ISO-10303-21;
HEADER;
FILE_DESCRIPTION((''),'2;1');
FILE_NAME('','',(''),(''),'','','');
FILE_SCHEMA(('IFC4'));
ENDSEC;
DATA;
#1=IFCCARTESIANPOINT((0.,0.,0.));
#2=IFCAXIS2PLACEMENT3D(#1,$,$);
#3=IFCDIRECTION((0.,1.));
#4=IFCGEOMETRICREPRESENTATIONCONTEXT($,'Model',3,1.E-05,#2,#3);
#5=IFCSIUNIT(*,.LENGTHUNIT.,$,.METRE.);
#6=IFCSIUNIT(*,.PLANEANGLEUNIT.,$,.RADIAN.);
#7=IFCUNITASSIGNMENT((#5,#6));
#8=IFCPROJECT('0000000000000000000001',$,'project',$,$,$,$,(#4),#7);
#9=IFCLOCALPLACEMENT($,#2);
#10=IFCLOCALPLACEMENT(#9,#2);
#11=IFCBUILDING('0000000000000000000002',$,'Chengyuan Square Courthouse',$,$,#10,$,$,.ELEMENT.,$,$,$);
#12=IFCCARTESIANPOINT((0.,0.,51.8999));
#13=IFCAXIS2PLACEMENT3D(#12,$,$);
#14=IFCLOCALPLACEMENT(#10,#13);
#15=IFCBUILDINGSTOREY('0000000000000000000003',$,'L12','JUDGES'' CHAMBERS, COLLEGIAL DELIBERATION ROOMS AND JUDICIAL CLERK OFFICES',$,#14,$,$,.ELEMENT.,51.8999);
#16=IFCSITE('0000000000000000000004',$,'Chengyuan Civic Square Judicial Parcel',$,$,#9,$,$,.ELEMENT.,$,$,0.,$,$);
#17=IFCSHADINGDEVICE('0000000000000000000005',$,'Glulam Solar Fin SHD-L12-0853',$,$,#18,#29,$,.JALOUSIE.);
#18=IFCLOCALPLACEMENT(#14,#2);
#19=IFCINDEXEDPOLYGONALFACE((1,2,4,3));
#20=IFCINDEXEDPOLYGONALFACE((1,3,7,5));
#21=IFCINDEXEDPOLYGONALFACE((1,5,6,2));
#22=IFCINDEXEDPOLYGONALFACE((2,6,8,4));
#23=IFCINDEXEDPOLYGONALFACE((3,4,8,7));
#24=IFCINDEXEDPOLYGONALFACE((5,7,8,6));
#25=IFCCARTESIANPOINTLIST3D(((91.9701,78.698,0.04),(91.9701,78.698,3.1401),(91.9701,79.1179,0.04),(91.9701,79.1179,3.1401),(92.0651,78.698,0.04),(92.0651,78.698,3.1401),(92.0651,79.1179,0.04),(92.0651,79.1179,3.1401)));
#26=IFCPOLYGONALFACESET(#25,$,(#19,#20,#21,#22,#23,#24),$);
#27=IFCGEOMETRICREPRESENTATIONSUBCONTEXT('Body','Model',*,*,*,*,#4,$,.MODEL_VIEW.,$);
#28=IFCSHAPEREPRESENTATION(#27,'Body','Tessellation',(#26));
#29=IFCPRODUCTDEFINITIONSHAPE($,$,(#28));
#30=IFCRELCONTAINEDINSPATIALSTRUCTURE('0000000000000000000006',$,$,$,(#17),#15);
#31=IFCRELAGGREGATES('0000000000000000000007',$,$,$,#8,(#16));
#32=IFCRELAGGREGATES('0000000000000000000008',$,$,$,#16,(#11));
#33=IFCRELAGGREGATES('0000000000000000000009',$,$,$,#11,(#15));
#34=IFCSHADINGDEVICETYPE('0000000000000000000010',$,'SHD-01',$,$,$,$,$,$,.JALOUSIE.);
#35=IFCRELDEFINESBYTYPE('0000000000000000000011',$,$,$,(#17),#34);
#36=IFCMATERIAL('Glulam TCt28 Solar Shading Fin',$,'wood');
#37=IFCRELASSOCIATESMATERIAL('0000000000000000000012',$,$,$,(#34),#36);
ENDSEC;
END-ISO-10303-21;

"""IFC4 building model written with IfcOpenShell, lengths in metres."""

from ifc_helpers import new_model, si_unit, direction, frame, origin, origin_2d, place, context, subcontext, project, spatial, rectangle, extrude, material, type_object, element, save


model = new_model("IFC4")

# Units and contexts
model_context = context("Model", 3, precision=1e-05, world=origin(), true_north=direction((0.0, 1.0)))
body_context = subcontext(model_context, "Body", "Model", "MODEL_VIEW")
ifc_project = project(units=[si_unit("LENGTHUNIT", "METRE"), si_unit("PLANEANGLEUNIT", "RADIAN")], contexts=[model_context])

# Site, building, storey
site_placement = place(None, origin())
site = spatial("IfcSite", under=ifc_project, at=site_placement, Name="Chengyuan Civic Square Judicial Parcel", CompositionType="ELEMENT", RefElevation=0.0)
building_placement = place(site_placement, origin())
building = spatial("IfcBuilding", under=site, at=building_placement, Name="Chengyuan Square Courthouse", CompositionType="ELEMENT")
storey_placement = place(building_placement, frame((0.0, 0.0, 51.8999)))
storey = spatial("IfcBuildingStorey", under=building, at=storey_placement, Name="L12", Description="JUDGES' CHAMBERS, COLLEGIAL DELIBERATION ROOMS AND JUDICIAL CLERK OFFICES", CompositionType="ELEMENT", Elevation=51.8999)

# Shading device
ifc_material_1 = material(Name="Glulam TCt28 Solar Shading Fin", Category="wood")
shading_device_type = type_object("IfcShadingDeviceType", Name="SHD-01", PredefinedType="JALOUSIE", material=ifc_material_1)
shading_device_placement = place(storey_placement, frame((92.0176, 78.908, 0.04), z_axis=(0.0, 0.0, 1.0), x_axis=(0.0, 1.0, 0.0)))
element("IfcShadingDevice", 1, at=shading_device_placement, inside=storey, type_object=shading_device_type, Name="Glulam Solar Fin SHD-L12-0853", PredefinedType="JALOUSIE", context=body_context, shape_type="SweptSolid", body=[
    extrude(rectangle(XDim=0.4199, YDim=0.095, at=origin_2d()), origin(), (0.0, 0.0, 1.0), 3.1001),
])

save(model, "model.ifc")
